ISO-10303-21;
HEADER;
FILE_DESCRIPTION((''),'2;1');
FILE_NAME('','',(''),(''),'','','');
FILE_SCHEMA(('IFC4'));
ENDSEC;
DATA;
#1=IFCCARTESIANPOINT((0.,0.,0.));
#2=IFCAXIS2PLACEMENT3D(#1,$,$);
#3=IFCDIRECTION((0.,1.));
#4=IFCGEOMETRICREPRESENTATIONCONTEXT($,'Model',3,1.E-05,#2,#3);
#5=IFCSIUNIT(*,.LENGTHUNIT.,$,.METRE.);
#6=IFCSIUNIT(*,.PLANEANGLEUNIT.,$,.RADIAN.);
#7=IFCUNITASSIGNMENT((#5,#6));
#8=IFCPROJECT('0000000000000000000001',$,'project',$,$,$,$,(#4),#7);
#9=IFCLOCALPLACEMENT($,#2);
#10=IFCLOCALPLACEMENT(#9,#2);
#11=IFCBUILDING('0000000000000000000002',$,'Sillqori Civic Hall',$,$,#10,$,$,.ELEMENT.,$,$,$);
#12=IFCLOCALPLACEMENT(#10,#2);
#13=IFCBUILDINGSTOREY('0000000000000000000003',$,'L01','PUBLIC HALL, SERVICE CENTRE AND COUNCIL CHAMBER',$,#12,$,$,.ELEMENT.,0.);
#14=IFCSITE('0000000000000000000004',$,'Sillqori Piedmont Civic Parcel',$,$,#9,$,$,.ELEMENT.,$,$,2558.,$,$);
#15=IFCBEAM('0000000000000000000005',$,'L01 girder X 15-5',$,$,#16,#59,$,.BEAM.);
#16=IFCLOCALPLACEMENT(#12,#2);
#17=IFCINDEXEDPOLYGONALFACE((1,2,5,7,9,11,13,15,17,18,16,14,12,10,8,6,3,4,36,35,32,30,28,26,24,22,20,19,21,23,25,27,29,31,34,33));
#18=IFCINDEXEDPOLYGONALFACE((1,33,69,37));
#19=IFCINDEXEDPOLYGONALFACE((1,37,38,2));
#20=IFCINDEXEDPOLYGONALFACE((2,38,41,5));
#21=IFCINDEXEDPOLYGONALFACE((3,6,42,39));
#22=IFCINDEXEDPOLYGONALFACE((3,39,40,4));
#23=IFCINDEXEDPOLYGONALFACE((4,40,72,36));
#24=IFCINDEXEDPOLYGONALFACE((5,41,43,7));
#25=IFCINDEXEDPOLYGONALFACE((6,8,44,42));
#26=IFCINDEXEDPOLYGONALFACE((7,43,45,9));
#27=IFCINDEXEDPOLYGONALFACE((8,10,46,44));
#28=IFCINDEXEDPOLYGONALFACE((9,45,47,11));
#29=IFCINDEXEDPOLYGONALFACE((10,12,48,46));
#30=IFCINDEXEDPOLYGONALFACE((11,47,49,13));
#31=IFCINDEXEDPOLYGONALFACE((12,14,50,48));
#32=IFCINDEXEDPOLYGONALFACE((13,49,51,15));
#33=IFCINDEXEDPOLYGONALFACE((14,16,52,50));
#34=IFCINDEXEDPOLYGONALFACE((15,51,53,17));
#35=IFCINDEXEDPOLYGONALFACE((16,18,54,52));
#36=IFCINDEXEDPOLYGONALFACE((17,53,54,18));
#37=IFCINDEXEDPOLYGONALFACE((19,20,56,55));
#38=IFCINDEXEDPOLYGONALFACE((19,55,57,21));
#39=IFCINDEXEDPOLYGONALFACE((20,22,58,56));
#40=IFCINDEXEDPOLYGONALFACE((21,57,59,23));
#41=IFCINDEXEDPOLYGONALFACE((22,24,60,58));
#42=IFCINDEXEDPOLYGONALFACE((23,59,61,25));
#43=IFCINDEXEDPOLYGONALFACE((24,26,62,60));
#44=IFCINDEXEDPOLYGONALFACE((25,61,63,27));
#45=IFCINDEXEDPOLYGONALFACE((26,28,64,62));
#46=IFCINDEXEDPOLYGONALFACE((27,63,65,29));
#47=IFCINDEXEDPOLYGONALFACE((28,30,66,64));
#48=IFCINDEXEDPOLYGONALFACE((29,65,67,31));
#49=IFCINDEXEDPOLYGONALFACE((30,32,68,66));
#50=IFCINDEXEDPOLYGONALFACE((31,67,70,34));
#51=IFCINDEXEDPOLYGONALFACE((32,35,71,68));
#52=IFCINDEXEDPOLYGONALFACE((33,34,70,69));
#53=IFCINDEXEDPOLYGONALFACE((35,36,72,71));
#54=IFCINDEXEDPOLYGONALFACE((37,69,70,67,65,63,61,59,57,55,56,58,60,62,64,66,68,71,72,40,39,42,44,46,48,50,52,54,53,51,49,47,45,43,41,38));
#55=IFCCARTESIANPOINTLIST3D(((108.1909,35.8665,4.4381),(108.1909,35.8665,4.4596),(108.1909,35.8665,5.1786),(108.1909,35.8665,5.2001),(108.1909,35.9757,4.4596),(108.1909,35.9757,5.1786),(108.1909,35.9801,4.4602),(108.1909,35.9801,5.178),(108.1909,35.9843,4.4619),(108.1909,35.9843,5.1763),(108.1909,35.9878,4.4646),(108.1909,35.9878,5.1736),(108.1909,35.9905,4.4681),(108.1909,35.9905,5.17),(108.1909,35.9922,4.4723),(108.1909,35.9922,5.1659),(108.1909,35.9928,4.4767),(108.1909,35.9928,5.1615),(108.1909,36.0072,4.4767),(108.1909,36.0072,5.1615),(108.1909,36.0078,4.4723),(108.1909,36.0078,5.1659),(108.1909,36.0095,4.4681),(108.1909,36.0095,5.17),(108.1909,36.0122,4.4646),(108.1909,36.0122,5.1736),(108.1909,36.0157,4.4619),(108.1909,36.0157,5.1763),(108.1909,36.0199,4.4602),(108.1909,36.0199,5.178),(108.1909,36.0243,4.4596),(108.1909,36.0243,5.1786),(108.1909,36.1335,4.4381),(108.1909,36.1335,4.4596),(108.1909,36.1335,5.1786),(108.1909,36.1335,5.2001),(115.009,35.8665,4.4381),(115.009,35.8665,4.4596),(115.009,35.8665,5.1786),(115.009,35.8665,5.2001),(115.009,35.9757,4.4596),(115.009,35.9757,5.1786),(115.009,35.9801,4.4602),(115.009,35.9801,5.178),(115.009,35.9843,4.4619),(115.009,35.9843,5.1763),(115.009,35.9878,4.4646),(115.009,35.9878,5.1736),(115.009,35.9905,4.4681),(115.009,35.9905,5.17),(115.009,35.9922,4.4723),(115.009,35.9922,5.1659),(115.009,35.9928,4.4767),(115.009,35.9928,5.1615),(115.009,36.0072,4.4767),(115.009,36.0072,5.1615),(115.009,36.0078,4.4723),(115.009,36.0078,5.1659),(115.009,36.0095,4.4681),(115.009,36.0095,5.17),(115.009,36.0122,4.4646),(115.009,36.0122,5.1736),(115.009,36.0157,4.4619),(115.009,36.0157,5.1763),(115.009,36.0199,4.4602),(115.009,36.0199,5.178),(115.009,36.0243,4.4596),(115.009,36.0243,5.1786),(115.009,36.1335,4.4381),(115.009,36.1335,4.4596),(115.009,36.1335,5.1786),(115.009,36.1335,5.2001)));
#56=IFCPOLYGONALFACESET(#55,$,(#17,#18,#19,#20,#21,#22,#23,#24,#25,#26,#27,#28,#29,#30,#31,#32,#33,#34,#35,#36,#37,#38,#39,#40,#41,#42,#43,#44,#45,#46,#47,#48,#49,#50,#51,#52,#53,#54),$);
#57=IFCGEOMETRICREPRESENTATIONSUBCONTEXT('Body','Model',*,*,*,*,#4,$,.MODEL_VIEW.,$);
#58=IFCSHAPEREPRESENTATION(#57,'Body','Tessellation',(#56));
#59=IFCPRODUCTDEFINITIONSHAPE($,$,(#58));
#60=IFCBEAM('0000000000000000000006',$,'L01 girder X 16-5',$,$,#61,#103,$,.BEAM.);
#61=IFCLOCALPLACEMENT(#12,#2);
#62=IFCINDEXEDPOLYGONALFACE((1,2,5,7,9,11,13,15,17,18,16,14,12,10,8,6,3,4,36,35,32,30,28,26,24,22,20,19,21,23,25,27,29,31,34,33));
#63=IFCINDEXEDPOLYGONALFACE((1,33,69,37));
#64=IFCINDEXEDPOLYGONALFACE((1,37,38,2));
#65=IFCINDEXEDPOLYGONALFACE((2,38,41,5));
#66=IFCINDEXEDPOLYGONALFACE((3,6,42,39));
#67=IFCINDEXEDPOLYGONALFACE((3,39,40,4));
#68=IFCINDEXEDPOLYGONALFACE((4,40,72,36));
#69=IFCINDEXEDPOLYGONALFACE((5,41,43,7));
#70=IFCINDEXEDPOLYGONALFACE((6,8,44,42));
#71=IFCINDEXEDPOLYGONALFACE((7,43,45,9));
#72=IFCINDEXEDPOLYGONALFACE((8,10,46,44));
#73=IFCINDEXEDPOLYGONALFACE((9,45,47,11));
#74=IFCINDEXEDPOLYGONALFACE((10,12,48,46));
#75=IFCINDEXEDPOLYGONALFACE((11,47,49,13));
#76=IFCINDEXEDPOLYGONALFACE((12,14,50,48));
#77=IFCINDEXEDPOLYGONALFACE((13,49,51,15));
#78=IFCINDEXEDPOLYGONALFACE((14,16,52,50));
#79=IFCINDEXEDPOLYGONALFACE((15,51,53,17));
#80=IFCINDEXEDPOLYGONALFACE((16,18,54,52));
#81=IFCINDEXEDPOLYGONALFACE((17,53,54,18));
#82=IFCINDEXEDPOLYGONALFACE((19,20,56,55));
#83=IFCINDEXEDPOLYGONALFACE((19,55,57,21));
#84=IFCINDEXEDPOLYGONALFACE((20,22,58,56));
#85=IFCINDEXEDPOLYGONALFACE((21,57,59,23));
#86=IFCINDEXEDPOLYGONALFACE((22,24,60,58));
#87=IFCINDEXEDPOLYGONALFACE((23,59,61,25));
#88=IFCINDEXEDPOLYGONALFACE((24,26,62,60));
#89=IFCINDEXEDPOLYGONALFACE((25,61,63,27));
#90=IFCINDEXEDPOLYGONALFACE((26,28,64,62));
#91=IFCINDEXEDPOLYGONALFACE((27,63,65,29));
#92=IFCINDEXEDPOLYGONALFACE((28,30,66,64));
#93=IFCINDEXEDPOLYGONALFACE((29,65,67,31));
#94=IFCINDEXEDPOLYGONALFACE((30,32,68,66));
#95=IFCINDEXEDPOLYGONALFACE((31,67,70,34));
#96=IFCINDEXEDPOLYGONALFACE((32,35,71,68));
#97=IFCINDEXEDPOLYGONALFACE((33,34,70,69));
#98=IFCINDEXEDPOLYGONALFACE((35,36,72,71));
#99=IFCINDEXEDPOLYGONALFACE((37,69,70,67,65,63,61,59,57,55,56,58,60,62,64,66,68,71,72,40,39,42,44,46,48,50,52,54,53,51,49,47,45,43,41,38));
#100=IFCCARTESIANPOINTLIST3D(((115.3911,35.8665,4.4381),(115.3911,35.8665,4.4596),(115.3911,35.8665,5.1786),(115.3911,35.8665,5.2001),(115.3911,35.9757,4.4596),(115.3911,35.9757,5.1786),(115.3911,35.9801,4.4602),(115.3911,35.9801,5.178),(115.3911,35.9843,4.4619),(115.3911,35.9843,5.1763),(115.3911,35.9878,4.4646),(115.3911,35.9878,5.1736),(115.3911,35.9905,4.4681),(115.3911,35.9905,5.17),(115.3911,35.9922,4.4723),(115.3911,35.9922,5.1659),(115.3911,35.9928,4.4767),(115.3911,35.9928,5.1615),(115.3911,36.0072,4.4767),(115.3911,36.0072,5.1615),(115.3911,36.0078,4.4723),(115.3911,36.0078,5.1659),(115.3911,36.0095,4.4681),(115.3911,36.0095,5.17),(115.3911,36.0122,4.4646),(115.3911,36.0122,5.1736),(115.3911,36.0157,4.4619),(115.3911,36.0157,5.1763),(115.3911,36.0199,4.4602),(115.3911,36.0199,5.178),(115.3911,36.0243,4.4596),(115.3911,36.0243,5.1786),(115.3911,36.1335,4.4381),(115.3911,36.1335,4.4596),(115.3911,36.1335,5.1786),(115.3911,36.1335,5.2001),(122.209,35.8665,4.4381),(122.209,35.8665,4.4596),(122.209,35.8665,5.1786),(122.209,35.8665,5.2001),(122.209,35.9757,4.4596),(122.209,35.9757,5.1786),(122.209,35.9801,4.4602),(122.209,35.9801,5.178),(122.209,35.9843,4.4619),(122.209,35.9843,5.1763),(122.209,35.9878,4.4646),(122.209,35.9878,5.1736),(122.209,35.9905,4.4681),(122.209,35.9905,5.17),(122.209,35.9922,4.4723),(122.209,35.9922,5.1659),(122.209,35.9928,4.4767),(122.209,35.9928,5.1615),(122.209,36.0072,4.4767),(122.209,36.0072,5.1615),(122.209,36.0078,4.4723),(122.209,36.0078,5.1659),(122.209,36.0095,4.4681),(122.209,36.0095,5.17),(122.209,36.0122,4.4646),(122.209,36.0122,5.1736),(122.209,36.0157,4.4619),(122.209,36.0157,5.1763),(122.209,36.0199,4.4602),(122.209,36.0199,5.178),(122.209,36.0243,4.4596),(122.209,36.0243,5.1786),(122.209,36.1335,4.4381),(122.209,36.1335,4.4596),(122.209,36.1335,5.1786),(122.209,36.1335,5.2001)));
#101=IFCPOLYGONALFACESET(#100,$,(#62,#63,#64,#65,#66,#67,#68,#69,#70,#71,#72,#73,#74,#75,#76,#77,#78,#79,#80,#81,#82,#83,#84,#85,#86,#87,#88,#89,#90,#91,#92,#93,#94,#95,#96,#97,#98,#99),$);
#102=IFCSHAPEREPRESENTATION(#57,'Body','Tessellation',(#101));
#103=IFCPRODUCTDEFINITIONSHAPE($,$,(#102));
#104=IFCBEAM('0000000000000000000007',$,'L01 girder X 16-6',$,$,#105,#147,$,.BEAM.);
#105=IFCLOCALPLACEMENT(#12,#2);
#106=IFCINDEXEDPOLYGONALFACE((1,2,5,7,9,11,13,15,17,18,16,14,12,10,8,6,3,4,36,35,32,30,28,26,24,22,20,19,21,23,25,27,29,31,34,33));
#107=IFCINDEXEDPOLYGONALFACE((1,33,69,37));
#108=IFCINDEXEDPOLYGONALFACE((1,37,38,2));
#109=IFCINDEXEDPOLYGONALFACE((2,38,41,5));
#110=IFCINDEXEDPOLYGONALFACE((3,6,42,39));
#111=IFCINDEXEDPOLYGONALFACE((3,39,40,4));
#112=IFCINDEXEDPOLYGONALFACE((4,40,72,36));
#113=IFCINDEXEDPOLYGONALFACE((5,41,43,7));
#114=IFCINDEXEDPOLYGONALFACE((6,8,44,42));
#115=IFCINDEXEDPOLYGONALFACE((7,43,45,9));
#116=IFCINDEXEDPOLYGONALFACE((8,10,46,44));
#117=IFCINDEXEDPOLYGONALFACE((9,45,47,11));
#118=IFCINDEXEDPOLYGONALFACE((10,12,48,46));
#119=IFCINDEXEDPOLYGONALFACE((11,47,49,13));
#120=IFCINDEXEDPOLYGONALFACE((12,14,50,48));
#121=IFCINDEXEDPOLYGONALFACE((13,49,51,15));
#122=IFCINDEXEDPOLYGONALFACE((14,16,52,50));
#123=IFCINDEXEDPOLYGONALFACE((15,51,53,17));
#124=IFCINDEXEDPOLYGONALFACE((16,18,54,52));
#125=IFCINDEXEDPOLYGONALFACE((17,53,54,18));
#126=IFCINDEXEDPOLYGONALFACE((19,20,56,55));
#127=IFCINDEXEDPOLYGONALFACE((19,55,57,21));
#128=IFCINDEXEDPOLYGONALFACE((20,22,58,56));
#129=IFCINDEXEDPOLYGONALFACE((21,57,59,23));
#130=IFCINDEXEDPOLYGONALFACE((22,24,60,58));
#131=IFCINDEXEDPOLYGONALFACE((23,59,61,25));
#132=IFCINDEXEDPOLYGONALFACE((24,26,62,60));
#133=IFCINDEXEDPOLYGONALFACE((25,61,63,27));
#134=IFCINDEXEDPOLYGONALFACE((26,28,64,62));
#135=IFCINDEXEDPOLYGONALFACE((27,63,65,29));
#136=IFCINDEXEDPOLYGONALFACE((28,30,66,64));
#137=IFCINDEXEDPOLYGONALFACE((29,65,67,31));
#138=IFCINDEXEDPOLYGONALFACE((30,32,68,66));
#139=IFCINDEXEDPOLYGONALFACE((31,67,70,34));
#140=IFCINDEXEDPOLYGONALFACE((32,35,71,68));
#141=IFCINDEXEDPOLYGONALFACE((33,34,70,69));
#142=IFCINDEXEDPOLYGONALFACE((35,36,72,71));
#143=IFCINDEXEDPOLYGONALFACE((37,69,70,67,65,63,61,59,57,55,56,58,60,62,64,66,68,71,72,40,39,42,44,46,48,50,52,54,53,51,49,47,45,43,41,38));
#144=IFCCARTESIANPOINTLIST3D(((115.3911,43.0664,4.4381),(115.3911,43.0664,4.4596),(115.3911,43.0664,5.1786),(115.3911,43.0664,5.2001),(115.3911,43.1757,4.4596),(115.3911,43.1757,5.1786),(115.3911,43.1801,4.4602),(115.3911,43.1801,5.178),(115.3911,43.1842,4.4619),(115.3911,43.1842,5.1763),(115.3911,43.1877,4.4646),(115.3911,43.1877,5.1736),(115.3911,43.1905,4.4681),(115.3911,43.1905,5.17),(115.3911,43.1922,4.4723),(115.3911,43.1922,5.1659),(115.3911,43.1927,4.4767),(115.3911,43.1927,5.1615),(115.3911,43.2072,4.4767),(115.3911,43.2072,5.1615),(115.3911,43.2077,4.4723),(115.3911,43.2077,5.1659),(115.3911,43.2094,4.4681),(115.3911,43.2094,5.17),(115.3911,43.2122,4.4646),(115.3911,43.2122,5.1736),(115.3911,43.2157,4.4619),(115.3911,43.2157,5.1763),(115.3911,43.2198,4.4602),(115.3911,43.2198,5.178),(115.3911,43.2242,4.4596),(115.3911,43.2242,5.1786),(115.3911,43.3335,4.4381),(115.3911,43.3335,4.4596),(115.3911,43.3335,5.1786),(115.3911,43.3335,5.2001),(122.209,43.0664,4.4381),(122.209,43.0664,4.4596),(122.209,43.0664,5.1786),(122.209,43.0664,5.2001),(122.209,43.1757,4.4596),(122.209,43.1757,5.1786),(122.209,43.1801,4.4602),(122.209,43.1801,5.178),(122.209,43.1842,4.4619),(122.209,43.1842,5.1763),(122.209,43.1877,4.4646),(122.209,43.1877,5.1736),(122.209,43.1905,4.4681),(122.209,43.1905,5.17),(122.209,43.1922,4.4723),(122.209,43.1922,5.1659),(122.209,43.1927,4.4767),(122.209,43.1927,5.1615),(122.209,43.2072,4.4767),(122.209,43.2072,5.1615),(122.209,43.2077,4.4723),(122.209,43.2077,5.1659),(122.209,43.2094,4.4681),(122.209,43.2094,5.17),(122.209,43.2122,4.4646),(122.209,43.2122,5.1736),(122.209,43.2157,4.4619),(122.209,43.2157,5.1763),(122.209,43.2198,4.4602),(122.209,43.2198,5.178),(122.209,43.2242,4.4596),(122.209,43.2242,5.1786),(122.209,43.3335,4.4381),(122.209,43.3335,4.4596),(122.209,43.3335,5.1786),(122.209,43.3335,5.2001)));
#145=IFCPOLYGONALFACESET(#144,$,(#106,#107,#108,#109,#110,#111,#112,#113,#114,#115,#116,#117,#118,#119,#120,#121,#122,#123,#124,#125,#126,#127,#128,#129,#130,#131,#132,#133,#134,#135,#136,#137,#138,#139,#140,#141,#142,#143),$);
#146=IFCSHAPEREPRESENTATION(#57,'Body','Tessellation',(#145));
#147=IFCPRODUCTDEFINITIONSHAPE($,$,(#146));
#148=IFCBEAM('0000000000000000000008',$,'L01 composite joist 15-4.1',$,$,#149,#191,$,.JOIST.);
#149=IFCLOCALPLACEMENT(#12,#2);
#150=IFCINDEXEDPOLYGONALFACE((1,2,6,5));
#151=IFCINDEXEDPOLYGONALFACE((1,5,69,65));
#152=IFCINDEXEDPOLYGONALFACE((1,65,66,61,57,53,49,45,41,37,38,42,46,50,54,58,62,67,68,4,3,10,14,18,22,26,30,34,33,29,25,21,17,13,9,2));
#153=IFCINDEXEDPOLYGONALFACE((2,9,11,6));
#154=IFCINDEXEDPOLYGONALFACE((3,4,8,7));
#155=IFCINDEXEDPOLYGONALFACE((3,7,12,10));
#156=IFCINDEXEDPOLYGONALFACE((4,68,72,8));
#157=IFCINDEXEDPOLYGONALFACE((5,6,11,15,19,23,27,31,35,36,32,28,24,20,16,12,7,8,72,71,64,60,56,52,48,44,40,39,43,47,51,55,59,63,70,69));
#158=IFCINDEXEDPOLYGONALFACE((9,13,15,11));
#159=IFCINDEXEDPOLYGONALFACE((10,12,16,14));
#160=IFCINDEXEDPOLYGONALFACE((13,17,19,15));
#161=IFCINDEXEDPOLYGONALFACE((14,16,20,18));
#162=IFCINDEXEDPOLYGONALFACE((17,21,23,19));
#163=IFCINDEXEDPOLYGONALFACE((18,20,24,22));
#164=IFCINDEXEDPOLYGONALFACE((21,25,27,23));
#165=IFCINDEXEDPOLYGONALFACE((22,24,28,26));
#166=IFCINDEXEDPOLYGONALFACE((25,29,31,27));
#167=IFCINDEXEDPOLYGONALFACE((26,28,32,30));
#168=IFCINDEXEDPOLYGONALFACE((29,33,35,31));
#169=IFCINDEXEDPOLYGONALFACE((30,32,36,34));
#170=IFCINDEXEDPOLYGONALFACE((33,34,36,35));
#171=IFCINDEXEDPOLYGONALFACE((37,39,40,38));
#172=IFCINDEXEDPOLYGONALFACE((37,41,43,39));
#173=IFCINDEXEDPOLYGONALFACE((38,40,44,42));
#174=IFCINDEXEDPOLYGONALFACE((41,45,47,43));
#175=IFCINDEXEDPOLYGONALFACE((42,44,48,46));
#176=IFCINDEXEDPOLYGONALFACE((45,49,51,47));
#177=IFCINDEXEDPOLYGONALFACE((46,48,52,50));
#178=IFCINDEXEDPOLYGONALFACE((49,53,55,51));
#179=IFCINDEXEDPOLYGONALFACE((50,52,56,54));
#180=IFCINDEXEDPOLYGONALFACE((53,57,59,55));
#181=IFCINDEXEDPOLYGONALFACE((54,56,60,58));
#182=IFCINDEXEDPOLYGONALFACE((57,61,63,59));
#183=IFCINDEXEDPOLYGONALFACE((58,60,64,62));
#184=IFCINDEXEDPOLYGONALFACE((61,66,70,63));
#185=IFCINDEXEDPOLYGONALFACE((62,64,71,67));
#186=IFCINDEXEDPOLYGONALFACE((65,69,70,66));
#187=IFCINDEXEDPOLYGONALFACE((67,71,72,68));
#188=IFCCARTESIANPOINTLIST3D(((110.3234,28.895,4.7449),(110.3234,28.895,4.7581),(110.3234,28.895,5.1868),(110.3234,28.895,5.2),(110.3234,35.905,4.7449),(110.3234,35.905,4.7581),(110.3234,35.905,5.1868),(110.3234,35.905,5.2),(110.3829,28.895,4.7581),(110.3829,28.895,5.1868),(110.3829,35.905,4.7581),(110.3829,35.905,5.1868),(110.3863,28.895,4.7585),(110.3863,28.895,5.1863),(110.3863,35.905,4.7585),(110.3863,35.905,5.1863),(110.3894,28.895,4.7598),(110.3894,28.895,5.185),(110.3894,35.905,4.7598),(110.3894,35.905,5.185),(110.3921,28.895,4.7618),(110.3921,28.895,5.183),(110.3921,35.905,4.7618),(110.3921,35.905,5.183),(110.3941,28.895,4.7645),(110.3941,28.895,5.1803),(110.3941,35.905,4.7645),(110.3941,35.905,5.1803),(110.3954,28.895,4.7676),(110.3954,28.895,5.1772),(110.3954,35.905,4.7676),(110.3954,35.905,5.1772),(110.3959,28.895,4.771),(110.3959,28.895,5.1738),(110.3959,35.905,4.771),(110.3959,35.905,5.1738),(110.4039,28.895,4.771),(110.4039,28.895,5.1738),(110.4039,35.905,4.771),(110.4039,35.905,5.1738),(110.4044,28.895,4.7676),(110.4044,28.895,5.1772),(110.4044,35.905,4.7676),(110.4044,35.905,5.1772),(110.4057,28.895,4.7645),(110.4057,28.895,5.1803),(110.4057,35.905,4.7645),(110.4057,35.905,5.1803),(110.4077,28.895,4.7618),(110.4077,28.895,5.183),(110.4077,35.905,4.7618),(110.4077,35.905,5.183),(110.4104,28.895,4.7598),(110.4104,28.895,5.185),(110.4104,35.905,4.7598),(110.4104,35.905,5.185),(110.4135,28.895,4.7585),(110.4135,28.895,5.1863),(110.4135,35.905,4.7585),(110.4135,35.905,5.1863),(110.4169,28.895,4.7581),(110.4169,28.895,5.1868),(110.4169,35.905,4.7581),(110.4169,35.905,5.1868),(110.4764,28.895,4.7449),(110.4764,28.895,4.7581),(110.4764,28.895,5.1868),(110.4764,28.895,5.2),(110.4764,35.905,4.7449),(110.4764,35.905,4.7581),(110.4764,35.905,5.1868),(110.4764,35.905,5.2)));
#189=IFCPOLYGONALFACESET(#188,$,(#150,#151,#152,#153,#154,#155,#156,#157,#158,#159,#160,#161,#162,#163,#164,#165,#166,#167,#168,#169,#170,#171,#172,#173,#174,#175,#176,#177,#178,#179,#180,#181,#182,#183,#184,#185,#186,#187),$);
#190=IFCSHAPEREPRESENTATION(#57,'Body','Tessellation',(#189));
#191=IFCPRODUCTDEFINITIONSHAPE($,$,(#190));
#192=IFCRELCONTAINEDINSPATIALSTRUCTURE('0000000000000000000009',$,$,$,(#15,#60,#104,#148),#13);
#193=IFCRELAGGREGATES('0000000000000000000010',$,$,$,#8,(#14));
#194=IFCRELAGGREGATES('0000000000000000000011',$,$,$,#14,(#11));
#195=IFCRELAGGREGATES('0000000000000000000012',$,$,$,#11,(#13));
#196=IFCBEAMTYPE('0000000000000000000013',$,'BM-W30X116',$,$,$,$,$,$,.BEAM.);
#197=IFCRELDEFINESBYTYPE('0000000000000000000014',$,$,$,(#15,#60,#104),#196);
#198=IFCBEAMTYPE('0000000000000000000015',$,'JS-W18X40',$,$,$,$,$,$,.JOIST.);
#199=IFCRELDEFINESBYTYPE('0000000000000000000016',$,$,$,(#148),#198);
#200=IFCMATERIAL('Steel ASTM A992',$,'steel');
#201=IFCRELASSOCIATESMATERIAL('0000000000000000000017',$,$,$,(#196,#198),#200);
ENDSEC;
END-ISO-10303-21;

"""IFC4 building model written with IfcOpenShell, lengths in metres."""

from ifc_helpers import new_model, si_unit, direction, frame, origin, origin_2d, place, context, subcontext, project, spatial, i_section, extrude, material, material_profile, profile_set, type_object, element, save


model = new_model("IFC4")

# Units and contexts
model_context = context("Model", 3, precision=1e-05, world=origin(), true_north=direction((0.0, 1.0)))
body_context = subcontext(model_context, "Body", "Model", "MODEL_VIEW")
ifc_project = project(units=[si_unit("LENGTHUNIT", "METRE"), si_unit("PLANEANGLEUNIT", "RADIAN")], contexts=[model_context])

# Site, building, storey
site_placement = place(None, origin())
site = spatial("IfcSite", under=ifc_project, at=site_placement, Name="Sillqori Piedmont Civic Parcel", CompositionType="ELEMENT", RefElevation=2558.0)
building_placement = place(site_placement, origin())
building = spatial("IfcBuilding", under=site, at=building_placement, Name="Sillqori Civic Hall", CompositionType="ELEMENT")
storey_placement = place(building_placement, origin())
storey = spatial("IfcBuildingStorey", under=building, at=storey_placement, Name="L01", Description="PUBLIC HALL, SERVICE CENTRE AND COUNCIL CHAMBER", CompositionType="ELEMENT", Elevation=0.0)

# Shared definitions
ifc_material_1 = material(Name="Steel ASTM A992", Category="steel")

# Beams
ifc_material_profile_1 = material_profile(ifc_material_1, i_section(OverallWidth=0.2671, OverallDepth=0.762, WebThickness=0.0144, FlangeThickness=0.0215, FilletRadius=0.0171, at=origin_2d()), Name="W30X116")
ifc_profile_set_1 = profile_set([ifc_material_profile_1], Name="Steel ASTM A992")
beam_type_1 = type_object("IfcBeamType", Name="BM-W30X116", PredefinedType="BEAM", material=ifc_profile_set_1)
beam_1_placement = place(storey_placement, frame((108.1909, 36.0, 4.8191), z_axis=(1.0, 0.0, 0.0), x_axis=(0.0, 1.0, 0.0)))
element("IfcBeam", 1, at=beam_1_placement, inside=storey, type_object=beam_type_1, Name="L01 girder X 15-5", PredefinedType="BEAM", context=body_context, shape_type="SweptSolid", body=[
    extrude(i_section(OverallWidth=0.2671, OverallDepth=0.762, WebThickness=0.0144, FlangeThickness=0.0215, FilletRadius=0.0171, at=origin_2d()), origin(), (0.0, 0.0, 1.0), 6.8181),
])
for number, where, z_axis, x_axis, name in (
    (2, (115.3911, 36.0, 4.8191), (1.0, 0.0, 0.0), (0.0, 1.0, 0.0), "L01 girder X 16-5"),
    (3, (115.3911, 43.2, 4.8191), (1.0, 0.0, 0.0), (0.0, 1.0, 0.0), "L01 girder X 16-6"),
):
    element("IfcBeam", number, at=place(storey_placement, frame(where, z_axis=z_axis, x_axis=x_axis)), inside=storey, type_object=beam_type_1, Name=name, PredefinedType="BEAM", context=body_context, shape_type="SweptSolid", body=[
        extrude(i_section(OverallWidth=0.2671, OverallDepth=0.762, WebThickness=0.0144, FlangeThickness=0.0215, FilletRadius=0.0171, at=origin_2d()), origin(), (0.0, 0.0, 1.0), 6.8179),
    ])
ifc_material_profile_2 = material_profile(ifc_material_1, i_section(OverallWidth=0.1531, OverallDepth=0.4551, WebThickness=0.0081, FlangeThickness=0.0132, FilletRadius=0.0129, at=origin_2d()), Name="W18X40")
ifc_profile_set_2 = profile_set([ifc_material_profile_2], Name="Steel ASTM A992")
beam_type_2 = type_object("IfcBeamType", Name="JS-W18X40", PredefinedType="JOIST", material=ifc_profile_set_2)
for number, where, z_axis, x_axis, name in (
    (4, (110.3999, 28.895, 4.9724), (0.0, 1.0, 0.0), (-1.0, 0.0, 0.0), "L01 composite joist 15-4.1"),
):
    element("IfcBeam", number, at=place(storey_placement, frame(where, z_axis=z_axis, x_axis=x_axis)), inside=storey, type_object=beam_type_2, Name=name, PredefinedType="JOIST", context=body_context, shape_type="SweptSolid", body=[
        extrude(i_section(OverallWidth=0.1531, OverallDepth=0.4551, WebThickness=0.0081, FlangeThickness=0.0132, FilletRadius=0.0129, at=origin_2d()), origin(), (0.0, 0.0, 1.0), 7.01),
    ])

save(model, "model.ifc")
